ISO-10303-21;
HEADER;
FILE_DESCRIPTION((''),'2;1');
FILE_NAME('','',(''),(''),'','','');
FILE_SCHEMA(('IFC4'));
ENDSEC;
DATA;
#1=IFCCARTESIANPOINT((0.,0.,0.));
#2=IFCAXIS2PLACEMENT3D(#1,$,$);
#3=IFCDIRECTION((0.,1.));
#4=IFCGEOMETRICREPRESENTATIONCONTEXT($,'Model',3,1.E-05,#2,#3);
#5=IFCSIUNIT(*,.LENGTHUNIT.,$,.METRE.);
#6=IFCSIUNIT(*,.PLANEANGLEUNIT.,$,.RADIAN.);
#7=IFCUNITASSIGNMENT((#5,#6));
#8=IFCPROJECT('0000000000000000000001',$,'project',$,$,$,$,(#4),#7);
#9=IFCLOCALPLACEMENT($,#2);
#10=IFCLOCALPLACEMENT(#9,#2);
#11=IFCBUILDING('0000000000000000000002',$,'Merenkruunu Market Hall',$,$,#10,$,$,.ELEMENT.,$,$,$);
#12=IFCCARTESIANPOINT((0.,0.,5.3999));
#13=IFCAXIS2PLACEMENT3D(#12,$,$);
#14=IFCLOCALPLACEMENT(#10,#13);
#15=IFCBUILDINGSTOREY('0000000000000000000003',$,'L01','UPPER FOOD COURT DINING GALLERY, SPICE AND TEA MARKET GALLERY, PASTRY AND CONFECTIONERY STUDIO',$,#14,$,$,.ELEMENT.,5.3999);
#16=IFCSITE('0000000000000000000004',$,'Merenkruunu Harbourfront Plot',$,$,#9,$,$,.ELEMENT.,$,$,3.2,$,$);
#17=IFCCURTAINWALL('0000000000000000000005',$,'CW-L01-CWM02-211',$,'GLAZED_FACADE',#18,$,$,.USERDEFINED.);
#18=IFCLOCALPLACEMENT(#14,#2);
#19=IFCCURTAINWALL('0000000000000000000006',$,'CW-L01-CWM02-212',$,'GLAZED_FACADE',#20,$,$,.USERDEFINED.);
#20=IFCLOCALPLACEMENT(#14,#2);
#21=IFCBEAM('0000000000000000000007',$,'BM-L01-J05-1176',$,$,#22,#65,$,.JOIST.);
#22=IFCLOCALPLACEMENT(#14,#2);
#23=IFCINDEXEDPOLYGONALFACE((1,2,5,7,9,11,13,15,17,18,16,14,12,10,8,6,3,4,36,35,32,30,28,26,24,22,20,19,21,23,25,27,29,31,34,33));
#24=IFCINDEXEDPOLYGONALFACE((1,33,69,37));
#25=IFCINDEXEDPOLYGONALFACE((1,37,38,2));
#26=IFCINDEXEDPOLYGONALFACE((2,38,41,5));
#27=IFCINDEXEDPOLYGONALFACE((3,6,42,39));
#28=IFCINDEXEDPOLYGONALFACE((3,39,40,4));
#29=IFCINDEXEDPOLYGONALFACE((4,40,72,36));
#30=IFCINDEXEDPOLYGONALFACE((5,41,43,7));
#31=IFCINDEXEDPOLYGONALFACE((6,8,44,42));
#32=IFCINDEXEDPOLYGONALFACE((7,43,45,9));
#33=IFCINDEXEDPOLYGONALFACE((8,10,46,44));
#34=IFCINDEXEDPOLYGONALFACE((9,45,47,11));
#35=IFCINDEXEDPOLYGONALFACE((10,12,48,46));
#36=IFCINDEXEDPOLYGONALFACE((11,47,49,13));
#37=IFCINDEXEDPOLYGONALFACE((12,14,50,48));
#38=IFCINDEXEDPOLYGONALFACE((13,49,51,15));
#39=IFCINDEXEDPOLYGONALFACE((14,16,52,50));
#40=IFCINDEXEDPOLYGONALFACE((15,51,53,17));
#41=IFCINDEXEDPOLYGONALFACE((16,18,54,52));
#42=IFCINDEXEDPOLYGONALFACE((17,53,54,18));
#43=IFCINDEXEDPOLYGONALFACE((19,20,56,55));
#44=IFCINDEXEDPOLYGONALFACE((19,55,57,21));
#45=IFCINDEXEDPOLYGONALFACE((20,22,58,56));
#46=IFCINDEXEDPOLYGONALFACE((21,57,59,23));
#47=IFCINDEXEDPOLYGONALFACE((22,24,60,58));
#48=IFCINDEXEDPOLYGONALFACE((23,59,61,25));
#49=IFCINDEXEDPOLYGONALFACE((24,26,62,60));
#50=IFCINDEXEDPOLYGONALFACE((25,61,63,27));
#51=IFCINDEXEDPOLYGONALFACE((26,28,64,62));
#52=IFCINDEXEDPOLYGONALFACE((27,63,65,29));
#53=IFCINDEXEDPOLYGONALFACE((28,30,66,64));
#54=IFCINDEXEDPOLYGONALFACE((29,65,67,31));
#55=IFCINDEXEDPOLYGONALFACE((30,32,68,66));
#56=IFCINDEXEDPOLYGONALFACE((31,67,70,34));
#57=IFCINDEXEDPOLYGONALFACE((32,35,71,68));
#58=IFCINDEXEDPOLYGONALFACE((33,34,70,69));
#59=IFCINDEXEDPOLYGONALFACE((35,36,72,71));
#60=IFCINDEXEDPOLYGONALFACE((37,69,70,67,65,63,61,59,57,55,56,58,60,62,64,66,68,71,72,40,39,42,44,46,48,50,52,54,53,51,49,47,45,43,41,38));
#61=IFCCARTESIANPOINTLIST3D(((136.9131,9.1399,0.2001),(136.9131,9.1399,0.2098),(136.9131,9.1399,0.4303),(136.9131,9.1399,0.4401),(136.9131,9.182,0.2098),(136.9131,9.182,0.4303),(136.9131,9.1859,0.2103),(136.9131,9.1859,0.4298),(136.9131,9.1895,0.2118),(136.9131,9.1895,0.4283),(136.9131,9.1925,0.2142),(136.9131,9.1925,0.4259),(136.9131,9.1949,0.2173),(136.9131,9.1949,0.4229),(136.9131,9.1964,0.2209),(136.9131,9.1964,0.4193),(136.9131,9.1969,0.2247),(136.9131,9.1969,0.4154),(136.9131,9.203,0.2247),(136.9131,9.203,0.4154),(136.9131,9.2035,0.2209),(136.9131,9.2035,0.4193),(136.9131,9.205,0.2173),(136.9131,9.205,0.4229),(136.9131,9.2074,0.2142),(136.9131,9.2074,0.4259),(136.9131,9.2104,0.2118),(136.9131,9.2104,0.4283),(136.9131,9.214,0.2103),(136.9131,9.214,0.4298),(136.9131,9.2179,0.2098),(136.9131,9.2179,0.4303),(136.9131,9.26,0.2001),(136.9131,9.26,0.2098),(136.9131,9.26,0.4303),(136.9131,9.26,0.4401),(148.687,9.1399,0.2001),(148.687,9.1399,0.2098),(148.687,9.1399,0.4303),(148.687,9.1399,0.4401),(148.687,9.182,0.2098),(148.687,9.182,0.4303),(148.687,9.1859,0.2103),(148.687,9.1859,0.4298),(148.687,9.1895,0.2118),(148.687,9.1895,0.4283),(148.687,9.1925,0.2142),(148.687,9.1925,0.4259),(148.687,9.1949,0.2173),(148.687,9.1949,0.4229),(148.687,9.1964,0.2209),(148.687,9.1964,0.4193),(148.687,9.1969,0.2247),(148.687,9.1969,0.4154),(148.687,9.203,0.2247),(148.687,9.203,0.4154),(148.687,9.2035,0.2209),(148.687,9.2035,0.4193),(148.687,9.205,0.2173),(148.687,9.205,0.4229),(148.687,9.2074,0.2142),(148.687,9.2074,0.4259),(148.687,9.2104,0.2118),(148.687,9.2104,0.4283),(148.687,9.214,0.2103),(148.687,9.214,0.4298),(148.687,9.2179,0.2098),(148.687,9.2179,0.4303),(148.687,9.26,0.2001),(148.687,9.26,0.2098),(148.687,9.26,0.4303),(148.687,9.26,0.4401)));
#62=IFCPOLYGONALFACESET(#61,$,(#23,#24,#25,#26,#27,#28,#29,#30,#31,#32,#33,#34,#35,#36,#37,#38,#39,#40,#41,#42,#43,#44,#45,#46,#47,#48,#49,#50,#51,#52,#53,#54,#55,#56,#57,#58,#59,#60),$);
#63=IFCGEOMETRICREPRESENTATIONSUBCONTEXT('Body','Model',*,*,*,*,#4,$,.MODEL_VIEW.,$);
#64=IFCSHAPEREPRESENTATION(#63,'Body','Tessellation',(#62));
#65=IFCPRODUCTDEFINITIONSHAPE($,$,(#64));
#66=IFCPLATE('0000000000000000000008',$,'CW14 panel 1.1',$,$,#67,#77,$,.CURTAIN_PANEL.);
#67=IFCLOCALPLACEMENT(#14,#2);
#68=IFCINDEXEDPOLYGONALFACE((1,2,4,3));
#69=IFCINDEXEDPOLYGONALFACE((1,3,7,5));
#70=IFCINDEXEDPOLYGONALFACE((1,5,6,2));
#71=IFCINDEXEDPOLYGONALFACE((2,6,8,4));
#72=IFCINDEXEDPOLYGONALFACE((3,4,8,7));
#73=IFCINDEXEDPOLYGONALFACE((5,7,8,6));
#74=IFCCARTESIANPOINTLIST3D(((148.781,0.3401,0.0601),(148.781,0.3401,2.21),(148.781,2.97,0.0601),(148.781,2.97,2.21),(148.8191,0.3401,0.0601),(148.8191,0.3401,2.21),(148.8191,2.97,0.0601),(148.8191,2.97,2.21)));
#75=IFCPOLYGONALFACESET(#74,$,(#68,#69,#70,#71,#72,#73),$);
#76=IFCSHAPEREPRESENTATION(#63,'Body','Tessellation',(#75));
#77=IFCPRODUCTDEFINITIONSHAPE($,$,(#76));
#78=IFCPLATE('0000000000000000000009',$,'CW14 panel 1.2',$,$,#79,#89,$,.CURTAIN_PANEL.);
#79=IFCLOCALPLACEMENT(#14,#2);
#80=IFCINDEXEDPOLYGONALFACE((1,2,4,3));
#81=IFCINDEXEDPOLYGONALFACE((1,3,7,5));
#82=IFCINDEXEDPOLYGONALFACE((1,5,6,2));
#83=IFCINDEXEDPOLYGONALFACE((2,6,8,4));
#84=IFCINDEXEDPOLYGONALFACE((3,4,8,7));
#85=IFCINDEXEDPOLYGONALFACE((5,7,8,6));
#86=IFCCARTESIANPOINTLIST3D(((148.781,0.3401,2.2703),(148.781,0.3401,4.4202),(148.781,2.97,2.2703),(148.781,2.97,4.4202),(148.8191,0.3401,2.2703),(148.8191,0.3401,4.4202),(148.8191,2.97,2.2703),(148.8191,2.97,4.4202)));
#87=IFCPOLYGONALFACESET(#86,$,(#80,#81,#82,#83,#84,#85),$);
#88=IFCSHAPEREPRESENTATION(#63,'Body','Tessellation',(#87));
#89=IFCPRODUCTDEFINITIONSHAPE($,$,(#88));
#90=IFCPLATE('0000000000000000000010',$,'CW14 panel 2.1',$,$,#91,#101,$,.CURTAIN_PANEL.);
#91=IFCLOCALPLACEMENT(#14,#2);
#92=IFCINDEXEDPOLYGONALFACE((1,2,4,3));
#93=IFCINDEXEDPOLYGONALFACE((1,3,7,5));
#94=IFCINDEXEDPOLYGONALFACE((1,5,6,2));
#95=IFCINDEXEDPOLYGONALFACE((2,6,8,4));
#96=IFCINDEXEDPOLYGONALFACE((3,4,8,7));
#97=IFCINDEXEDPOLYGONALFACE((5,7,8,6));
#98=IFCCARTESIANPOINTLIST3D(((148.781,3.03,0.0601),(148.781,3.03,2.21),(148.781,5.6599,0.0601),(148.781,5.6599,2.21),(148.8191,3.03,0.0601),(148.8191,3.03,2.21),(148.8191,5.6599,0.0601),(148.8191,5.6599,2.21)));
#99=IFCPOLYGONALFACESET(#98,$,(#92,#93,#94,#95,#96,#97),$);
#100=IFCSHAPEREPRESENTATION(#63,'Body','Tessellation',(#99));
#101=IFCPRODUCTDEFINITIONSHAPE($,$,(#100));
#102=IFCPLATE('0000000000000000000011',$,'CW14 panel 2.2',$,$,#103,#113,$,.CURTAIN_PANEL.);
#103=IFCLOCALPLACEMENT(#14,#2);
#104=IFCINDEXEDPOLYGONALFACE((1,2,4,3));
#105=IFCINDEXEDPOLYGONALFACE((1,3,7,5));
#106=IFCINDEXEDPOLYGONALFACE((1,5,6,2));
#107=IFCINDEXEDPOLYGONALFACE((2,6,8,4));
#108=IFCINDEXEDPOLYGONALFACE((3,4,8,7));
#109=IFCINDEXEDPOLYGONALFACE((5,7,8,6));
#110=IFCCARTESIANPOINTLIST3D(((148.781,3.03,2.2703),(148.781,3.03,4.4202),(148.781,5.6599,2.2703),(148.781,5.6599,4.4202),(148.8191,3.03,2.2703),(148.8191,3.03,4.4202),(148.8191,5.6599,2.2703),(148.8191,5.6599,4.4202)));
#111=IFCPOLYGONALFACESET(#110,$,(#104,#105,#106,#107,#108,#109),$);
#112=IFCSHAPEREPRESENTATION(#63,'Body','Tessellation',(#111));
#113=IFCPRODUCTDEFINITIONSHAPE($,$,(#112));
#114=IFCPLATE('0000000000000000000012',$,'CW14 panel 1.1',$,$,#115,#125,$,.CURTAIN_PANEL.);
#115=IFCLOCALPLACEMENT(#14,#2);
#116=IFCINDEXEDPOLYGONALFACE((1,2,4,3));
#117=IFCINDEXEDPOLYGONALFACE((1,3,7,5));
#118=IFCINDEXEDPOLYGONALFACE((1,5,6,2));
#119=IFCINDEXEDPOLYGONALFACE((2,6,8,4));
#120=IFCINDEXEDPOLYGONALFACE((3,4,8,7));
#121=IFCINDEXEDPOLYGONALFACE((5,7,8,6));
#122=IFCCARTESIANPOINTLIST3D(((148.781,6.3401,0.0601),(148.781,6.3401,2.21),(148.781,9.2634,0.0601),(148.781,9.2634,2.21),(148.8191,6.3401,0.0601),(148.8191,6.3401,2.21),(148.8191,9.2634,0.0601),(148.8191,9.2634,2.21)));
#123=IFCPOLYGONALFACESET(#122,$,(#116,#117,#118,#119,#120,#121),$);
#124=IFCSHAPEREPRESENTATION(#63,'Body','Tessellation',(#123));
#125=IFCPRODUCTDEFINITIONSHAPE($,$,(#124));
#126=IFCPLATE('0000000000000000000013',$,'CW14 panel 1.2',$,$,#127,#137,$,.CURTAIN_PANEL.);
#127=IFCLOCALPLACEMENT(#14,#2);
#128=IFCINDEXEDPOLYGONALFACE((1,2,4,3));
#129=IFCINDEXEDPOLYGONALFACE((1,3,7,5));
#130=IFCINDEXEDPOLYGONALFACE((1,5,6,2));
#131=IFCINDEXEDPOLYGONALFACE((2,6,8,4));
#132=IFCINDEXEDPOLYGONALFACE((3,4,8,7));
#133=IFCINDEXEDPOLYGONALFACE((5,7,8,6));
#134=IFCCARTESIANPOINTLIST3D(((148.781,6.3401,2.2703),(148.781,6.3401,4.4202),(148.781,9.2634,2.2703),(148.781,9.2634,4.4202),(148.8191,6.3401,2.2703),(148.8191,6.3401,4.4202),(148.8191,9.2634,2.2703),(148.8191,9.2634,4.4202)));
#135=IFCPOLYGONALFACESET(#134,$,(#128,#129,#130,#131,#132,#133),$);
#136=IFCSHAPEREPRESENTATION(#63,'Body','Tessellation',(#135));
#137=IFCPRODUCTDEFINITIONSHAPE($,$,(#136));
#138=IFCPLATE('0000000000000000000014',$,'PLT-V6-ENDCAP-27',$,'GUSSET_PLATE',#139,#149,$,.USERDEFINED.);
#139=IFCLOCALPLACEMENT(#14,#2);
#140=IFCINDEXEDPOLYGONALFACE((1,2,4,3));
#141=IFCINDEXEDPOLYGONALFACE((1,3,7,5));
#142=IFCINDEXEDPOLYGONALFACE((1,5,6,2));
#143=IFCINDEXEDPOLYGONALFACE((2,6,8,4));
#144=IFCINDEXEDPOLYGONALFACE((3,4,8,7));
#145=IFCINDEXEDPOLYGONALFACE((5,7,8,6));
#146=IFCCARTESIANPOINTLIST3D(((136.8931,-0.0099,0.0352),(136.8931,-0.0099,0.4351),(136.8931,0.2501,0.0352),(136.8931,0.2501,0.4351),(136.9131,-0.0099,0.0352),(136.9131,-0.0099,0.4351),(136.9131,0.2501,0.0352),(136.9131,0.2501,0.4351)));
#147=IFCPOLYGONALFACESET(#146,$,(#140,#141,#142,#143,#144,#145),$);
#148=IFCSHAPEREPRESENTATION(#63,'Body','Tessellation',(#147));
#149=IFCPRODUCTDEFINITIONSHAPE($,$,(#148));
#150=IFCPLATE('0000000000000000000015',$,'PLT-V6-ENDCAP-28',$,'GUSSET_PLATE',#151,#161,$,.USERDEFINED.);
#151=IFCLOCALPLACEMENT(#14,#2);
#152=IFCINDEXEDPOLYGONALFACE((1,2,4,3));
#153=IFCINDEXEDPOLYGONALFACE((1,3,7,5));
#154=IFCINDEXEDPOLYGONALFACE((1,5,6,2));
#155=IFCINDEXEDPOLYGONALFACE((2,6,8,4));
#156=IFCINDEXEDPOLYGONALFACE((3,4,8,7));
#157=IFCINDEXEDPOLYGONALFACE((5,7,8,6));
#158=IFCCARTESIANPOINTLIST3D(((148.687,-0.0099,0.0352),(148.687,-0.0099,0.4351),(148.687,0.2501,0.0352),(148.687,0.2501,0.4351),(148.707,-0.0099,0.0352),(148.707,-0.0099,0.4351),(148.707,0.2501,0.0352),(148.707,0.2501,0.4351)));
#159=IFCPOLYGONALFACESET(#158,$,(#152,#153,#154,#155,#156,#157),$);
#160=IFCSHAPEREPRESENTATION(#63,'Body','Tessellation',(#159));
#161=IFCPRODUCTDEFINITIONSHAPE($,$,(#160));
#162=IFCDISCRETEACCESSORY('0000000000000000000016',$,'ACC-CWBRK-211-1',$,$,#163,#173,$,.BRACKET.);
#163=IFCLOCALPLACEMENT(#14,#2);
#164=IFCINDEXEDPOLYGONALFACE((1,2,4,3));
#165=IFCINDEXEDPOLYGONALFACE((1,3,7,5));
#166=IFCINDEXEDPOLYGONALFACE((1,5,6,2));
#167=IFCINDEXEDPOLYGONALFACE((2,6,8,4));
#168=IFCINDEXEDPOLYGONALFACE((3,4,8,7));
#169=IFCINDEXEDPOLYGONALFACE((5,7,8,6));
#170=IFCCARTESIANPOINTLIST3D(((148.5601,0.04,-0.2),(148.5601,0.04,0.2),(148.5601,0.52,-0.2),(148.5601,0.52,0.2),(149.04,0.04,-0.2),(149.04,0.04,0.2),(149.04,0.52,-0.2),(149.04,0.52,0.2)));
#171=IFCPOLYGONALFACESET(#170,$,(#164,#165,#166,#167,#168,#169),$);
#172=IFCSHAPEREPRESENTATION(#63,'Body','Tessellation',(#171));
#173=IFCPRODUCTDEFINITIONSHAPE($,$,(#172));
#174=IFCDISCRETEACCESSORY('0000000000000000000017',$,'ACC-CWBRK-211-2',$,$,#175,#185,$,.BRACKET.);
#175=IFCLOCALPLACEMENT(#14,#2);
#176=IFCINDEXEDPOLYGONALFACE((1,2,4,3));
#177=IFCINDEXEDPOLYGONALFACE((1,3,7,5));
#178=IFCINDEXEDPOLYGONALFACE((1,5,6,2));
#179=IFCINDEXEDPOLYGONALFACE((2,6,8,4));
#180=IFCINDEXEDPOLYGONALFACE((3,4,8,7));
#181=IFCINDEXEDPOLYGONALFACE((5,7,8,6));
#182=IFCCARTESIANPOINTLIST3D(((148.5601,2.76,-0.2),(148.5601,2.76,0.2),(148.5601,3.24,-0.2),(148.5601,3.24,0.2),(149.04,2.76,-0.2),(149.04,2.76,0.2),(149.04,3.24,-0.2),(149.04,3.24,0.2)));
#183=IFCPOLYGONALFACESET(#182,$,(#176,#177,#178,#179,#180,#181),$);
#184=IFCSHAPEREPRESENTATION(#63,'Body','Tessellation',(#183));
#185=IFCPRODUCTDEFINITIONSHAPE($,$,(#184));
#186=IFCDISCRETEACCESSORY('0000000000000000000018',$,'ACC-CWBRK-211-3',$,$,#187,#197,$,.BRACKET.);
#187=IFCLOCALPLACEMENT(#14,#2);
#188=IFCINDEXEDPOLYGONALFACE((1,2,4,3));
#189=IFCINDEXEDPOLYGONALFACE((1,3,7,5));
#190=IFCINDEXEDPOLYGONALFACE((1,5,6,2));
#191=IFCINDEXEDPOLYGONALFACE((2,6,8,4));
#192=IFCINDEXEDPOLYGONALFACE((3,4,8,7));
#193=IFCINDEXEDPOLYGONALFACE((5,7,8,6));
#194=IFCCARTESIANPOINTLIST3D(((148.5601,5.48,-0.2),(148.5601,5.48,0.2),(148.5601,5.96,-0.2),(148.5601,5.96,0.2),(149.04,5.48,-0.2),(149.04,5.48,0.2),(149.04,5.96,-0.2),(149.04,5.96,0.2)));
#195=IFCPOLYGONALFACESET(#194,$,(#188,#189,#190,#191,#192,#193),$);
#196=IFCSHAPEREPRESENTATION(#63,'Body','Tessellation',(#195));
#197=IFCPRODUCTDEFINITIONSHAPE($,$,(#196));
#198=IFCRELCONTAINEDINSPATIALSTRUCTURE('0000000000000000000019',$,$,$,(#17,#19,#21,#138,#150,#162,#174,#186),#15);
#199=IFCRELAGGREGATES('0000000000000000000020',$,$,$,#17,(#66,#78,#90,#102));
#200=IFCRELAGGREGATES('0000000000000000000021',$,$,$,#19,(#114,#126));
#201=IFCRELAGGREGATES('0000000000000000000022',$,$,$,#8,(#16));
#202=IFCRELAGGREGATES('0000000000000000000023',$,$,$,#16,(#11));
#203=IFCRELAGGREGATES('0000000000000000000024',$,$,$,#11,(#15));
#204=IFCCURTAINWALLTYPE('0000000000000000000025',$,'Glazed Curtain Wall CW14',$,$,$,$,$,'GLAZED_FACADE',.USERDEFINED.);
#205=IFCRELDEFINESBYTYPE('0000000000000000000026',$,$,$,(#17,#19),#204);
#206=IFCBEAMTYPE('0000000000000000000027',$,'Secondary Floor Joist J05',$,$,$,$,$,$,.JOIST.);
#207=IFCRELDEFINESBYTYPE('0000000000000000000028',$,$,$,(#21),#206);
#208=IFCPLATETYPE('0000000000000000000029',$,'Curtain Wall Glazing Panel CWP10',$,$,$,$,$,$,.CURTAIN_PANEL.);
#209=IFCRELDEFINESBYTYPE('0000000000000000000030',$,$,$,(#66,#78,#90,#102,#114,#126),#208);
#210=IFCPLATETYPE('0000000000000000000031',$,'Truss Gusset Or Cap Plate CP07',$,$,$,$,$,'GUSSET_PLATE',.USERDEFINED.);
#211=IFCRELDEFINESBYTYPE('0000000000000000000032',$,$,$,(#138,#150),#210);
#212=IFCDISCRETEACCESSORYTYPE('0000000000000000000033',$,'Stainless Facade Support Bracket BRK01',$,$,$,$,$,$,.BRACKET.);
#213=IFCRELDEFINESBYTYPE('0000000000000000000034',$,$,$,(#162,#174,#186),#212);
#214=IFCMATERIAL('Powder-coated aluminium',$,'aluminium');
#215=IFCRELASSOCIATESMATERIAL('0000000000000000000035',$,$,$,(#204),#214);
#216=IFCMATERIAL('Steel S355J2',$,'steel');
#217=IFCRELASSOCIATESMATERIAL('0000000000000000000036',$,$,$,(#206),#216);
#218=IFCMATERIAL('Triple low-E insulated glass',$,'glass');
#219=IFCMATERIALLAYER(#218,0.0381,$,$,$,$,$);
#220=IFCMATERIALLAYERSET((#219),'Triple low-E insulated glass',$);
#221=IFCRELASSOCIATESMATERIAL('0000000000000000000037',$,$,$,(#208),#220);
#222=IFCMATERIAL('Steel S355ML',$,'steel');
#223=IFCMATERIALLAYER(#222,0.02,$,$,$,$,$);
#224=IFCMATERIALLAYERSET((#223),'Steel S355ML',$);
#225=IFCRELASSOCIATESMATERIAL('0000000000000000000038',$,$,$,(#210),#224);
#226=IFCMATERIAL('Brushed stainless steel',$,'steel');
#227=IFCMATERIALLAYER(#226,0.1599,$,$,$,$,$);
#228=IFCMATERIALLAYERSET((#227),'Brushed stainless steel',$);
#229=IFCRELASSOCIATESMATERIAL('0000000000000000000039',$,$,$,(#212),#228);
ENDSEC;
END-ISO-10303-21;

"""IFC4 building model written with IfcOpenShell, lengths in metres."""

from ifc_helpers import new_model, si_unit, direction, frame, origin, origin_2d, place, context, subcontext, project, spatial, rectangle, i_section, extrude, material, layer, layer_set, material_profile, profile_set, type_object, element, aggregate, save


model = new_model("IFC4")

# Units and contexts
model_context = context("Model", 3, precision=1e-05, world=origin(), true_north=direction((0.0, 1.0)))
body_context = subcontext(model_context, "Body", "Model", "MODEL_VIEW")
ifc_project = project(units=[si_unit("LENGTHUNIT", "METRE"), si_unit("PLANEANGLEUNIT", "RADIAN")], contexts=[model_context])

# Site, building, storey
site_placement = place(None, origin())
site = spatial("IfcSite", under=ifc_project, at=site_placement, Name="Merenkruunu Harbourfront Plot", CompositionType="ELEMENT", RefElevation=3.2)
building_placement = place(site_placement, origin())
building = spatial("IfcBuilding", under=site, at=building_placement, Name="Merenkruunu Market Hall", CompositionType="ELEMENT")
storey_placement = place(building_placement, frame((0.0, 0.0, 5.3999)))
storey = spatial("IfcBuildingStorey", under=building, at=storey_placement, Name="L01", Description="UPPER FOOD COURT DINING GALLERY, SPICE AND TEA MARKET GALLERY, PASTRY AND CONFECTIONERY STUDIO", CompositionType="ELEMENT", Elevation=5.3999)

# Shared definitions
ifc_material_1 = material(Name="Steel S355J2", Category="steel")

# Curtain wall
ifc_material_2 = material(Name="Powder-coated aluminium", Category="aluminium")
curtain_wall_type = type_object("IfcCurtainWallType", Name="Glazed Curtain Wall CW14", ElementType="GLAZED_FACADE", PredefinedType="USERDEFINED", material=ifc_material_2)
curtain_wall_1_placement = place(storey_placement, origin())
curtain_wall_1 = element("IfcCurtainWall", 1, at=curtain_wall_1_placement, inside=storey, type_object=curtain_wall_type, Name="CW-L01-CWM02-211", ObjectType="GLAZED_FACADE", PredefinedType="USERDEFINED")

# Curtain wall
curtain_wall_2_placement = place(storey_placement, origin())
curtain_wall_2 = element("IfcCurtainWall", 2, at=curtain_wall_2_placement, inside=storey, type_object=curtain_wall_type, Name="CW-L01-CWM02-212", ObjectType="GLAZED_FACADE", PredefinedType="USERDEFINED")

# Beam
ifc_material_3 = material(Name="Steel S355ML", Category="steel")
ifc_material_profile_1 = material_profile(ifc_material_1, i_section(OverallWidth=0.1201, OverallDepth=0.24, WebThickness=0.0061, FlangeThickness=0.0098, FilletRadius=0.0149, at=origin_2d()), Name="IPE 240")
ifc_profile_set_1 = profile_set([ifc_material_profile_1], Name="Steel S355J2")
beam_type_1 = type_object("IfcBeamType", Name="Secondary Floor Joist J05", PredefinedType="JOIST", material=ifc_profile_set_1)
for number, where, z_axis, x_axis, name in (
    (3, (136.9131, 9.2, 0.3201), (1.0, 0.0, 0.0), (0.0, 1.0, 0.0), "BM-L01-J05-1176"),
):
    element("IfcBeam", number, at=place(storey_placement, frame(where, z_axis=z_axis, x_axis=x_axis)), inside=storey, type_object=beam_type_1, Name=name, PredefinedType="JOIST", context=body_context, shape_type="SweptSolid", body=[
        extrude(i_section(OverallWidth=0.1201, OverallDepth=0.24, WebThickness=0.0061, FlangeThickness=0.0098, FilletRadius=0.0149, at=origin_2d()), origin(), (0.0, 0.0, 1.0), 11.7739),
    ])

# Plates
ifc_material_4 = material(Name="Triple low-E insulated glass", Category="glass")
ifc_layer_1 = layer(ifc_material_4, 0.0381)
ifc_layer_set_1 = layer_set([ifc_layer_1], Name="Triple low-E insulated glass")
plate_type_1 = type_object("IfcPlateType", Name="Curtain Wall Glazing Panel CWP10", PredefinedType="CURTAIN_PANEL", material=ifc_layer_set_1)
plate_1_placement = place(storey_placement, frame((148.8, 1.655, 0.0601), z_axis=(0.0, 0.0, 1.0), x_axis=(0.0, 1.0, 0.0)))
plate_1 = element("IfcPlate", 4, at=plate_1_placement, type_object=plate_type_1, Name="CW14 panel 1.1", PredefinedType="CURTAIN_PANEL", context=body_context, shape_type="SweptSolid", body=[
    extrude(rectangle(XDim=2.6299, YDim=0.0381, at=origin_2d()), origin(), (0.0, 0.0, 1.0), 2.1499),
])
plate_2_placement = place(storey_placement, frame((148.8, 1.655, 2.2703), z_axis=(0.0, 0.0, 1.0), x_axis=(0.0, 1.0, 0.0)))
plate_2 = element("IfcPlate", 5, at=plate_2_placement, type_object=plate_type_1, Name="CW14 panel 1.2", PredefinedType="CURTAIN_PANEL", context=body_context, shape_type="SweptSolid", body=[
    extrude(rectangle(XDim=2.6299, YDim=0.0381, at=origin_2d()), origin(), (0.0, 0.0, 1.0), 2.1499),
])
plate_3_placement = place(storey_placement, frame((148.8, 4.345, 0.0601), z_axis=(0.0, 0.0, 1.0), x_axis=(0.0, 1.0, 0.0)))
plate_3 = element("IfcPlate", 6, at=plate_3_placement, type_object=plate_type_1, Name="CW14 panel 2.1", PredefinedType="CURTAIN_PANEL", context=body_context, shape_type="SweptSolid", body=[
    extrude(rectangle(XDim=2.6299, YDim=0.0381, at=origin_2d()), origin(), (0.0, 0.0, 1.0), 2.1499),
])
plate_4_placement = place(storey_placement, frame((148.8, 4.345, 2.2703), z_axis=(0.0, 0.0, 1.0), x_axis=(0.0, 1.0, 0.0)))
plate_4 = element("IfcPlate", 7, at=plate_4_placement, type_object=plate_type_1, Name="CW14 panel 2.2", PredefinedType="CURTAIN_PANEL", context=body_context, shape_type="SweptSolid", body=[
    extrude(rectangle(XDim=2.6299, YDim=0.0381, at=origin_2d()), origin(), (0.0, 0.0, 1.0), 2.1499),
])
aggregate(curtain_wall_1, [plate_1, plate_2, plate_3, plate_4])
plate_5_placement = place(storey_placement, frame((148.8, 7.8018, 0.0601), z_axis=(0.0, 0.0, 1.0), x_axis=(0.0, 1.0, 0.0)))
plate_5 = element("IfcPlate", 8, at=plate_5_placement, type_object=plate_type_1, Name="CW14 panel 1.1", PredefinedType="CURTAIN_PANEL", context=body_context, shape_type="SweptSolid", body=[
    extrude(rectangle(XDim=2.9233, YDim=0.0381, at=origin_2d()), origin(), (0.0, 0.0, 1.0), 2.1499),
])
plate_6_placement = place(storey_placement, frame((148.8, 7.8018, 2.2703), z_axis=(0.0, 0.0, 1.0), x_axis=(0.0, 1.0, 0.0)))
plate_6 = element("IfcPlate", 9, at=plate_6_placement, type_object=plate_type_1, Name="CW14 panel 1.2", PredefinedType="CURTAIN_PANEL", context=body_context, shape_type="SweptSolid", body=[
    extrude(rectangle(XDim=2.9233, YDim=0.0381, at=origin_2d()), origin(), (0.0, 0.0, 1.0), 2.1499),
])
aggregate(curtain_wall_2, [plate_5, plate_6])

# Plates
ifc_layer_2 = layer(ifc_material_3, 0.02)
ifc_layer_set_2 = layer_set([ifc_layer_2], Name="Steel S355ML")
plate_type_2 = type_object("IfcPlateType", Name="Truss Gusset Or Cap Plate CP07", ElementType="GUSSET_PLATE", PredefinedType="USERDEFINED", material=ifc_layer_set_2)
for number, where, z_axis, x_axis, name in (
    (10, (136.9031, 0.1201, 0.0352), (0.0, 0.0, 1.0), (1.0, 0.0, 0.0), "PLT-V6-ENDCAP-27"),
    (11, (148.697, 0.1201, 0.0352), (0.0, 0.0, 1.0), (1.0, 0.0, 0.0), "PLT-V6-ENDCAP-28"),
):
    element("IfcPlate", number, at=place(storey_placement, frame(where, z_axis=z_axis, x_axis=x_axis)), inside=storey, type_object=plate_type_2, Name=name, ObjectType="GUSSET_PLATE", PredefinedType="USERDEFINED", context=body_context, shape_type="SweptSolid", body=[
        extrude(rectangle(XDim=0.02, YDim=0.26, at=origin_2d()), origin(), (0.0, 0.0, 1.0), 0.3999),
    ])

# Discrete accessories
ifc_material_5 = material(Name="Brushed stainless steel", Category="steel")
ifc_layer_3 = layer(ifc_material_5, 0.1599)
ifc_layer_set_3 = layer_set([ifc_layer_3], Name="Brushed stainless steel")
discrete_accessory_type = type_object("IfcDiscreteAccessoryType", Name="Stainless Facade Support Bracket BRK01", PredefinedType="BRACKET", material=ifc_layer_set_3)
for number, where, z_axis, x_axis, name in (
    (12, (148.8, 0.28, -0.2), (0.0, 0.0, 1.0), (1.0, 0.0, 0.0), "ACC-CWBRK-211-1"),
    (13, (148.8, 3.0, -0.2), (0.0, 0.0, 1.0), (1.0, 0.0, 0.0), "ACC-CWBRK-211-2"),
    (14, (148.8, 5.72, -0.2), (0.0, 0.0, 1.0), (1.0, 0.0, 0.0), "ACC-CWBRK-211-3"),
):
    element("IfcDiscreteAccessory", number, at=place(storey_placement, frame(where, z_axis=z_axis, x_axis=x_axis)), inside=storey, type_object=discrete_accessory_type, Name=name, PredefinedType="BRACKET", context=body_context, shape_type="SweptSolid", body=[
        extrude(rectangle(XDim=0.48, YDim=0.48, at=origin_2d()), origin(), (0.0, 0.0, 1.0), 0.3999),
    ])

save(model, "model.ifc")
